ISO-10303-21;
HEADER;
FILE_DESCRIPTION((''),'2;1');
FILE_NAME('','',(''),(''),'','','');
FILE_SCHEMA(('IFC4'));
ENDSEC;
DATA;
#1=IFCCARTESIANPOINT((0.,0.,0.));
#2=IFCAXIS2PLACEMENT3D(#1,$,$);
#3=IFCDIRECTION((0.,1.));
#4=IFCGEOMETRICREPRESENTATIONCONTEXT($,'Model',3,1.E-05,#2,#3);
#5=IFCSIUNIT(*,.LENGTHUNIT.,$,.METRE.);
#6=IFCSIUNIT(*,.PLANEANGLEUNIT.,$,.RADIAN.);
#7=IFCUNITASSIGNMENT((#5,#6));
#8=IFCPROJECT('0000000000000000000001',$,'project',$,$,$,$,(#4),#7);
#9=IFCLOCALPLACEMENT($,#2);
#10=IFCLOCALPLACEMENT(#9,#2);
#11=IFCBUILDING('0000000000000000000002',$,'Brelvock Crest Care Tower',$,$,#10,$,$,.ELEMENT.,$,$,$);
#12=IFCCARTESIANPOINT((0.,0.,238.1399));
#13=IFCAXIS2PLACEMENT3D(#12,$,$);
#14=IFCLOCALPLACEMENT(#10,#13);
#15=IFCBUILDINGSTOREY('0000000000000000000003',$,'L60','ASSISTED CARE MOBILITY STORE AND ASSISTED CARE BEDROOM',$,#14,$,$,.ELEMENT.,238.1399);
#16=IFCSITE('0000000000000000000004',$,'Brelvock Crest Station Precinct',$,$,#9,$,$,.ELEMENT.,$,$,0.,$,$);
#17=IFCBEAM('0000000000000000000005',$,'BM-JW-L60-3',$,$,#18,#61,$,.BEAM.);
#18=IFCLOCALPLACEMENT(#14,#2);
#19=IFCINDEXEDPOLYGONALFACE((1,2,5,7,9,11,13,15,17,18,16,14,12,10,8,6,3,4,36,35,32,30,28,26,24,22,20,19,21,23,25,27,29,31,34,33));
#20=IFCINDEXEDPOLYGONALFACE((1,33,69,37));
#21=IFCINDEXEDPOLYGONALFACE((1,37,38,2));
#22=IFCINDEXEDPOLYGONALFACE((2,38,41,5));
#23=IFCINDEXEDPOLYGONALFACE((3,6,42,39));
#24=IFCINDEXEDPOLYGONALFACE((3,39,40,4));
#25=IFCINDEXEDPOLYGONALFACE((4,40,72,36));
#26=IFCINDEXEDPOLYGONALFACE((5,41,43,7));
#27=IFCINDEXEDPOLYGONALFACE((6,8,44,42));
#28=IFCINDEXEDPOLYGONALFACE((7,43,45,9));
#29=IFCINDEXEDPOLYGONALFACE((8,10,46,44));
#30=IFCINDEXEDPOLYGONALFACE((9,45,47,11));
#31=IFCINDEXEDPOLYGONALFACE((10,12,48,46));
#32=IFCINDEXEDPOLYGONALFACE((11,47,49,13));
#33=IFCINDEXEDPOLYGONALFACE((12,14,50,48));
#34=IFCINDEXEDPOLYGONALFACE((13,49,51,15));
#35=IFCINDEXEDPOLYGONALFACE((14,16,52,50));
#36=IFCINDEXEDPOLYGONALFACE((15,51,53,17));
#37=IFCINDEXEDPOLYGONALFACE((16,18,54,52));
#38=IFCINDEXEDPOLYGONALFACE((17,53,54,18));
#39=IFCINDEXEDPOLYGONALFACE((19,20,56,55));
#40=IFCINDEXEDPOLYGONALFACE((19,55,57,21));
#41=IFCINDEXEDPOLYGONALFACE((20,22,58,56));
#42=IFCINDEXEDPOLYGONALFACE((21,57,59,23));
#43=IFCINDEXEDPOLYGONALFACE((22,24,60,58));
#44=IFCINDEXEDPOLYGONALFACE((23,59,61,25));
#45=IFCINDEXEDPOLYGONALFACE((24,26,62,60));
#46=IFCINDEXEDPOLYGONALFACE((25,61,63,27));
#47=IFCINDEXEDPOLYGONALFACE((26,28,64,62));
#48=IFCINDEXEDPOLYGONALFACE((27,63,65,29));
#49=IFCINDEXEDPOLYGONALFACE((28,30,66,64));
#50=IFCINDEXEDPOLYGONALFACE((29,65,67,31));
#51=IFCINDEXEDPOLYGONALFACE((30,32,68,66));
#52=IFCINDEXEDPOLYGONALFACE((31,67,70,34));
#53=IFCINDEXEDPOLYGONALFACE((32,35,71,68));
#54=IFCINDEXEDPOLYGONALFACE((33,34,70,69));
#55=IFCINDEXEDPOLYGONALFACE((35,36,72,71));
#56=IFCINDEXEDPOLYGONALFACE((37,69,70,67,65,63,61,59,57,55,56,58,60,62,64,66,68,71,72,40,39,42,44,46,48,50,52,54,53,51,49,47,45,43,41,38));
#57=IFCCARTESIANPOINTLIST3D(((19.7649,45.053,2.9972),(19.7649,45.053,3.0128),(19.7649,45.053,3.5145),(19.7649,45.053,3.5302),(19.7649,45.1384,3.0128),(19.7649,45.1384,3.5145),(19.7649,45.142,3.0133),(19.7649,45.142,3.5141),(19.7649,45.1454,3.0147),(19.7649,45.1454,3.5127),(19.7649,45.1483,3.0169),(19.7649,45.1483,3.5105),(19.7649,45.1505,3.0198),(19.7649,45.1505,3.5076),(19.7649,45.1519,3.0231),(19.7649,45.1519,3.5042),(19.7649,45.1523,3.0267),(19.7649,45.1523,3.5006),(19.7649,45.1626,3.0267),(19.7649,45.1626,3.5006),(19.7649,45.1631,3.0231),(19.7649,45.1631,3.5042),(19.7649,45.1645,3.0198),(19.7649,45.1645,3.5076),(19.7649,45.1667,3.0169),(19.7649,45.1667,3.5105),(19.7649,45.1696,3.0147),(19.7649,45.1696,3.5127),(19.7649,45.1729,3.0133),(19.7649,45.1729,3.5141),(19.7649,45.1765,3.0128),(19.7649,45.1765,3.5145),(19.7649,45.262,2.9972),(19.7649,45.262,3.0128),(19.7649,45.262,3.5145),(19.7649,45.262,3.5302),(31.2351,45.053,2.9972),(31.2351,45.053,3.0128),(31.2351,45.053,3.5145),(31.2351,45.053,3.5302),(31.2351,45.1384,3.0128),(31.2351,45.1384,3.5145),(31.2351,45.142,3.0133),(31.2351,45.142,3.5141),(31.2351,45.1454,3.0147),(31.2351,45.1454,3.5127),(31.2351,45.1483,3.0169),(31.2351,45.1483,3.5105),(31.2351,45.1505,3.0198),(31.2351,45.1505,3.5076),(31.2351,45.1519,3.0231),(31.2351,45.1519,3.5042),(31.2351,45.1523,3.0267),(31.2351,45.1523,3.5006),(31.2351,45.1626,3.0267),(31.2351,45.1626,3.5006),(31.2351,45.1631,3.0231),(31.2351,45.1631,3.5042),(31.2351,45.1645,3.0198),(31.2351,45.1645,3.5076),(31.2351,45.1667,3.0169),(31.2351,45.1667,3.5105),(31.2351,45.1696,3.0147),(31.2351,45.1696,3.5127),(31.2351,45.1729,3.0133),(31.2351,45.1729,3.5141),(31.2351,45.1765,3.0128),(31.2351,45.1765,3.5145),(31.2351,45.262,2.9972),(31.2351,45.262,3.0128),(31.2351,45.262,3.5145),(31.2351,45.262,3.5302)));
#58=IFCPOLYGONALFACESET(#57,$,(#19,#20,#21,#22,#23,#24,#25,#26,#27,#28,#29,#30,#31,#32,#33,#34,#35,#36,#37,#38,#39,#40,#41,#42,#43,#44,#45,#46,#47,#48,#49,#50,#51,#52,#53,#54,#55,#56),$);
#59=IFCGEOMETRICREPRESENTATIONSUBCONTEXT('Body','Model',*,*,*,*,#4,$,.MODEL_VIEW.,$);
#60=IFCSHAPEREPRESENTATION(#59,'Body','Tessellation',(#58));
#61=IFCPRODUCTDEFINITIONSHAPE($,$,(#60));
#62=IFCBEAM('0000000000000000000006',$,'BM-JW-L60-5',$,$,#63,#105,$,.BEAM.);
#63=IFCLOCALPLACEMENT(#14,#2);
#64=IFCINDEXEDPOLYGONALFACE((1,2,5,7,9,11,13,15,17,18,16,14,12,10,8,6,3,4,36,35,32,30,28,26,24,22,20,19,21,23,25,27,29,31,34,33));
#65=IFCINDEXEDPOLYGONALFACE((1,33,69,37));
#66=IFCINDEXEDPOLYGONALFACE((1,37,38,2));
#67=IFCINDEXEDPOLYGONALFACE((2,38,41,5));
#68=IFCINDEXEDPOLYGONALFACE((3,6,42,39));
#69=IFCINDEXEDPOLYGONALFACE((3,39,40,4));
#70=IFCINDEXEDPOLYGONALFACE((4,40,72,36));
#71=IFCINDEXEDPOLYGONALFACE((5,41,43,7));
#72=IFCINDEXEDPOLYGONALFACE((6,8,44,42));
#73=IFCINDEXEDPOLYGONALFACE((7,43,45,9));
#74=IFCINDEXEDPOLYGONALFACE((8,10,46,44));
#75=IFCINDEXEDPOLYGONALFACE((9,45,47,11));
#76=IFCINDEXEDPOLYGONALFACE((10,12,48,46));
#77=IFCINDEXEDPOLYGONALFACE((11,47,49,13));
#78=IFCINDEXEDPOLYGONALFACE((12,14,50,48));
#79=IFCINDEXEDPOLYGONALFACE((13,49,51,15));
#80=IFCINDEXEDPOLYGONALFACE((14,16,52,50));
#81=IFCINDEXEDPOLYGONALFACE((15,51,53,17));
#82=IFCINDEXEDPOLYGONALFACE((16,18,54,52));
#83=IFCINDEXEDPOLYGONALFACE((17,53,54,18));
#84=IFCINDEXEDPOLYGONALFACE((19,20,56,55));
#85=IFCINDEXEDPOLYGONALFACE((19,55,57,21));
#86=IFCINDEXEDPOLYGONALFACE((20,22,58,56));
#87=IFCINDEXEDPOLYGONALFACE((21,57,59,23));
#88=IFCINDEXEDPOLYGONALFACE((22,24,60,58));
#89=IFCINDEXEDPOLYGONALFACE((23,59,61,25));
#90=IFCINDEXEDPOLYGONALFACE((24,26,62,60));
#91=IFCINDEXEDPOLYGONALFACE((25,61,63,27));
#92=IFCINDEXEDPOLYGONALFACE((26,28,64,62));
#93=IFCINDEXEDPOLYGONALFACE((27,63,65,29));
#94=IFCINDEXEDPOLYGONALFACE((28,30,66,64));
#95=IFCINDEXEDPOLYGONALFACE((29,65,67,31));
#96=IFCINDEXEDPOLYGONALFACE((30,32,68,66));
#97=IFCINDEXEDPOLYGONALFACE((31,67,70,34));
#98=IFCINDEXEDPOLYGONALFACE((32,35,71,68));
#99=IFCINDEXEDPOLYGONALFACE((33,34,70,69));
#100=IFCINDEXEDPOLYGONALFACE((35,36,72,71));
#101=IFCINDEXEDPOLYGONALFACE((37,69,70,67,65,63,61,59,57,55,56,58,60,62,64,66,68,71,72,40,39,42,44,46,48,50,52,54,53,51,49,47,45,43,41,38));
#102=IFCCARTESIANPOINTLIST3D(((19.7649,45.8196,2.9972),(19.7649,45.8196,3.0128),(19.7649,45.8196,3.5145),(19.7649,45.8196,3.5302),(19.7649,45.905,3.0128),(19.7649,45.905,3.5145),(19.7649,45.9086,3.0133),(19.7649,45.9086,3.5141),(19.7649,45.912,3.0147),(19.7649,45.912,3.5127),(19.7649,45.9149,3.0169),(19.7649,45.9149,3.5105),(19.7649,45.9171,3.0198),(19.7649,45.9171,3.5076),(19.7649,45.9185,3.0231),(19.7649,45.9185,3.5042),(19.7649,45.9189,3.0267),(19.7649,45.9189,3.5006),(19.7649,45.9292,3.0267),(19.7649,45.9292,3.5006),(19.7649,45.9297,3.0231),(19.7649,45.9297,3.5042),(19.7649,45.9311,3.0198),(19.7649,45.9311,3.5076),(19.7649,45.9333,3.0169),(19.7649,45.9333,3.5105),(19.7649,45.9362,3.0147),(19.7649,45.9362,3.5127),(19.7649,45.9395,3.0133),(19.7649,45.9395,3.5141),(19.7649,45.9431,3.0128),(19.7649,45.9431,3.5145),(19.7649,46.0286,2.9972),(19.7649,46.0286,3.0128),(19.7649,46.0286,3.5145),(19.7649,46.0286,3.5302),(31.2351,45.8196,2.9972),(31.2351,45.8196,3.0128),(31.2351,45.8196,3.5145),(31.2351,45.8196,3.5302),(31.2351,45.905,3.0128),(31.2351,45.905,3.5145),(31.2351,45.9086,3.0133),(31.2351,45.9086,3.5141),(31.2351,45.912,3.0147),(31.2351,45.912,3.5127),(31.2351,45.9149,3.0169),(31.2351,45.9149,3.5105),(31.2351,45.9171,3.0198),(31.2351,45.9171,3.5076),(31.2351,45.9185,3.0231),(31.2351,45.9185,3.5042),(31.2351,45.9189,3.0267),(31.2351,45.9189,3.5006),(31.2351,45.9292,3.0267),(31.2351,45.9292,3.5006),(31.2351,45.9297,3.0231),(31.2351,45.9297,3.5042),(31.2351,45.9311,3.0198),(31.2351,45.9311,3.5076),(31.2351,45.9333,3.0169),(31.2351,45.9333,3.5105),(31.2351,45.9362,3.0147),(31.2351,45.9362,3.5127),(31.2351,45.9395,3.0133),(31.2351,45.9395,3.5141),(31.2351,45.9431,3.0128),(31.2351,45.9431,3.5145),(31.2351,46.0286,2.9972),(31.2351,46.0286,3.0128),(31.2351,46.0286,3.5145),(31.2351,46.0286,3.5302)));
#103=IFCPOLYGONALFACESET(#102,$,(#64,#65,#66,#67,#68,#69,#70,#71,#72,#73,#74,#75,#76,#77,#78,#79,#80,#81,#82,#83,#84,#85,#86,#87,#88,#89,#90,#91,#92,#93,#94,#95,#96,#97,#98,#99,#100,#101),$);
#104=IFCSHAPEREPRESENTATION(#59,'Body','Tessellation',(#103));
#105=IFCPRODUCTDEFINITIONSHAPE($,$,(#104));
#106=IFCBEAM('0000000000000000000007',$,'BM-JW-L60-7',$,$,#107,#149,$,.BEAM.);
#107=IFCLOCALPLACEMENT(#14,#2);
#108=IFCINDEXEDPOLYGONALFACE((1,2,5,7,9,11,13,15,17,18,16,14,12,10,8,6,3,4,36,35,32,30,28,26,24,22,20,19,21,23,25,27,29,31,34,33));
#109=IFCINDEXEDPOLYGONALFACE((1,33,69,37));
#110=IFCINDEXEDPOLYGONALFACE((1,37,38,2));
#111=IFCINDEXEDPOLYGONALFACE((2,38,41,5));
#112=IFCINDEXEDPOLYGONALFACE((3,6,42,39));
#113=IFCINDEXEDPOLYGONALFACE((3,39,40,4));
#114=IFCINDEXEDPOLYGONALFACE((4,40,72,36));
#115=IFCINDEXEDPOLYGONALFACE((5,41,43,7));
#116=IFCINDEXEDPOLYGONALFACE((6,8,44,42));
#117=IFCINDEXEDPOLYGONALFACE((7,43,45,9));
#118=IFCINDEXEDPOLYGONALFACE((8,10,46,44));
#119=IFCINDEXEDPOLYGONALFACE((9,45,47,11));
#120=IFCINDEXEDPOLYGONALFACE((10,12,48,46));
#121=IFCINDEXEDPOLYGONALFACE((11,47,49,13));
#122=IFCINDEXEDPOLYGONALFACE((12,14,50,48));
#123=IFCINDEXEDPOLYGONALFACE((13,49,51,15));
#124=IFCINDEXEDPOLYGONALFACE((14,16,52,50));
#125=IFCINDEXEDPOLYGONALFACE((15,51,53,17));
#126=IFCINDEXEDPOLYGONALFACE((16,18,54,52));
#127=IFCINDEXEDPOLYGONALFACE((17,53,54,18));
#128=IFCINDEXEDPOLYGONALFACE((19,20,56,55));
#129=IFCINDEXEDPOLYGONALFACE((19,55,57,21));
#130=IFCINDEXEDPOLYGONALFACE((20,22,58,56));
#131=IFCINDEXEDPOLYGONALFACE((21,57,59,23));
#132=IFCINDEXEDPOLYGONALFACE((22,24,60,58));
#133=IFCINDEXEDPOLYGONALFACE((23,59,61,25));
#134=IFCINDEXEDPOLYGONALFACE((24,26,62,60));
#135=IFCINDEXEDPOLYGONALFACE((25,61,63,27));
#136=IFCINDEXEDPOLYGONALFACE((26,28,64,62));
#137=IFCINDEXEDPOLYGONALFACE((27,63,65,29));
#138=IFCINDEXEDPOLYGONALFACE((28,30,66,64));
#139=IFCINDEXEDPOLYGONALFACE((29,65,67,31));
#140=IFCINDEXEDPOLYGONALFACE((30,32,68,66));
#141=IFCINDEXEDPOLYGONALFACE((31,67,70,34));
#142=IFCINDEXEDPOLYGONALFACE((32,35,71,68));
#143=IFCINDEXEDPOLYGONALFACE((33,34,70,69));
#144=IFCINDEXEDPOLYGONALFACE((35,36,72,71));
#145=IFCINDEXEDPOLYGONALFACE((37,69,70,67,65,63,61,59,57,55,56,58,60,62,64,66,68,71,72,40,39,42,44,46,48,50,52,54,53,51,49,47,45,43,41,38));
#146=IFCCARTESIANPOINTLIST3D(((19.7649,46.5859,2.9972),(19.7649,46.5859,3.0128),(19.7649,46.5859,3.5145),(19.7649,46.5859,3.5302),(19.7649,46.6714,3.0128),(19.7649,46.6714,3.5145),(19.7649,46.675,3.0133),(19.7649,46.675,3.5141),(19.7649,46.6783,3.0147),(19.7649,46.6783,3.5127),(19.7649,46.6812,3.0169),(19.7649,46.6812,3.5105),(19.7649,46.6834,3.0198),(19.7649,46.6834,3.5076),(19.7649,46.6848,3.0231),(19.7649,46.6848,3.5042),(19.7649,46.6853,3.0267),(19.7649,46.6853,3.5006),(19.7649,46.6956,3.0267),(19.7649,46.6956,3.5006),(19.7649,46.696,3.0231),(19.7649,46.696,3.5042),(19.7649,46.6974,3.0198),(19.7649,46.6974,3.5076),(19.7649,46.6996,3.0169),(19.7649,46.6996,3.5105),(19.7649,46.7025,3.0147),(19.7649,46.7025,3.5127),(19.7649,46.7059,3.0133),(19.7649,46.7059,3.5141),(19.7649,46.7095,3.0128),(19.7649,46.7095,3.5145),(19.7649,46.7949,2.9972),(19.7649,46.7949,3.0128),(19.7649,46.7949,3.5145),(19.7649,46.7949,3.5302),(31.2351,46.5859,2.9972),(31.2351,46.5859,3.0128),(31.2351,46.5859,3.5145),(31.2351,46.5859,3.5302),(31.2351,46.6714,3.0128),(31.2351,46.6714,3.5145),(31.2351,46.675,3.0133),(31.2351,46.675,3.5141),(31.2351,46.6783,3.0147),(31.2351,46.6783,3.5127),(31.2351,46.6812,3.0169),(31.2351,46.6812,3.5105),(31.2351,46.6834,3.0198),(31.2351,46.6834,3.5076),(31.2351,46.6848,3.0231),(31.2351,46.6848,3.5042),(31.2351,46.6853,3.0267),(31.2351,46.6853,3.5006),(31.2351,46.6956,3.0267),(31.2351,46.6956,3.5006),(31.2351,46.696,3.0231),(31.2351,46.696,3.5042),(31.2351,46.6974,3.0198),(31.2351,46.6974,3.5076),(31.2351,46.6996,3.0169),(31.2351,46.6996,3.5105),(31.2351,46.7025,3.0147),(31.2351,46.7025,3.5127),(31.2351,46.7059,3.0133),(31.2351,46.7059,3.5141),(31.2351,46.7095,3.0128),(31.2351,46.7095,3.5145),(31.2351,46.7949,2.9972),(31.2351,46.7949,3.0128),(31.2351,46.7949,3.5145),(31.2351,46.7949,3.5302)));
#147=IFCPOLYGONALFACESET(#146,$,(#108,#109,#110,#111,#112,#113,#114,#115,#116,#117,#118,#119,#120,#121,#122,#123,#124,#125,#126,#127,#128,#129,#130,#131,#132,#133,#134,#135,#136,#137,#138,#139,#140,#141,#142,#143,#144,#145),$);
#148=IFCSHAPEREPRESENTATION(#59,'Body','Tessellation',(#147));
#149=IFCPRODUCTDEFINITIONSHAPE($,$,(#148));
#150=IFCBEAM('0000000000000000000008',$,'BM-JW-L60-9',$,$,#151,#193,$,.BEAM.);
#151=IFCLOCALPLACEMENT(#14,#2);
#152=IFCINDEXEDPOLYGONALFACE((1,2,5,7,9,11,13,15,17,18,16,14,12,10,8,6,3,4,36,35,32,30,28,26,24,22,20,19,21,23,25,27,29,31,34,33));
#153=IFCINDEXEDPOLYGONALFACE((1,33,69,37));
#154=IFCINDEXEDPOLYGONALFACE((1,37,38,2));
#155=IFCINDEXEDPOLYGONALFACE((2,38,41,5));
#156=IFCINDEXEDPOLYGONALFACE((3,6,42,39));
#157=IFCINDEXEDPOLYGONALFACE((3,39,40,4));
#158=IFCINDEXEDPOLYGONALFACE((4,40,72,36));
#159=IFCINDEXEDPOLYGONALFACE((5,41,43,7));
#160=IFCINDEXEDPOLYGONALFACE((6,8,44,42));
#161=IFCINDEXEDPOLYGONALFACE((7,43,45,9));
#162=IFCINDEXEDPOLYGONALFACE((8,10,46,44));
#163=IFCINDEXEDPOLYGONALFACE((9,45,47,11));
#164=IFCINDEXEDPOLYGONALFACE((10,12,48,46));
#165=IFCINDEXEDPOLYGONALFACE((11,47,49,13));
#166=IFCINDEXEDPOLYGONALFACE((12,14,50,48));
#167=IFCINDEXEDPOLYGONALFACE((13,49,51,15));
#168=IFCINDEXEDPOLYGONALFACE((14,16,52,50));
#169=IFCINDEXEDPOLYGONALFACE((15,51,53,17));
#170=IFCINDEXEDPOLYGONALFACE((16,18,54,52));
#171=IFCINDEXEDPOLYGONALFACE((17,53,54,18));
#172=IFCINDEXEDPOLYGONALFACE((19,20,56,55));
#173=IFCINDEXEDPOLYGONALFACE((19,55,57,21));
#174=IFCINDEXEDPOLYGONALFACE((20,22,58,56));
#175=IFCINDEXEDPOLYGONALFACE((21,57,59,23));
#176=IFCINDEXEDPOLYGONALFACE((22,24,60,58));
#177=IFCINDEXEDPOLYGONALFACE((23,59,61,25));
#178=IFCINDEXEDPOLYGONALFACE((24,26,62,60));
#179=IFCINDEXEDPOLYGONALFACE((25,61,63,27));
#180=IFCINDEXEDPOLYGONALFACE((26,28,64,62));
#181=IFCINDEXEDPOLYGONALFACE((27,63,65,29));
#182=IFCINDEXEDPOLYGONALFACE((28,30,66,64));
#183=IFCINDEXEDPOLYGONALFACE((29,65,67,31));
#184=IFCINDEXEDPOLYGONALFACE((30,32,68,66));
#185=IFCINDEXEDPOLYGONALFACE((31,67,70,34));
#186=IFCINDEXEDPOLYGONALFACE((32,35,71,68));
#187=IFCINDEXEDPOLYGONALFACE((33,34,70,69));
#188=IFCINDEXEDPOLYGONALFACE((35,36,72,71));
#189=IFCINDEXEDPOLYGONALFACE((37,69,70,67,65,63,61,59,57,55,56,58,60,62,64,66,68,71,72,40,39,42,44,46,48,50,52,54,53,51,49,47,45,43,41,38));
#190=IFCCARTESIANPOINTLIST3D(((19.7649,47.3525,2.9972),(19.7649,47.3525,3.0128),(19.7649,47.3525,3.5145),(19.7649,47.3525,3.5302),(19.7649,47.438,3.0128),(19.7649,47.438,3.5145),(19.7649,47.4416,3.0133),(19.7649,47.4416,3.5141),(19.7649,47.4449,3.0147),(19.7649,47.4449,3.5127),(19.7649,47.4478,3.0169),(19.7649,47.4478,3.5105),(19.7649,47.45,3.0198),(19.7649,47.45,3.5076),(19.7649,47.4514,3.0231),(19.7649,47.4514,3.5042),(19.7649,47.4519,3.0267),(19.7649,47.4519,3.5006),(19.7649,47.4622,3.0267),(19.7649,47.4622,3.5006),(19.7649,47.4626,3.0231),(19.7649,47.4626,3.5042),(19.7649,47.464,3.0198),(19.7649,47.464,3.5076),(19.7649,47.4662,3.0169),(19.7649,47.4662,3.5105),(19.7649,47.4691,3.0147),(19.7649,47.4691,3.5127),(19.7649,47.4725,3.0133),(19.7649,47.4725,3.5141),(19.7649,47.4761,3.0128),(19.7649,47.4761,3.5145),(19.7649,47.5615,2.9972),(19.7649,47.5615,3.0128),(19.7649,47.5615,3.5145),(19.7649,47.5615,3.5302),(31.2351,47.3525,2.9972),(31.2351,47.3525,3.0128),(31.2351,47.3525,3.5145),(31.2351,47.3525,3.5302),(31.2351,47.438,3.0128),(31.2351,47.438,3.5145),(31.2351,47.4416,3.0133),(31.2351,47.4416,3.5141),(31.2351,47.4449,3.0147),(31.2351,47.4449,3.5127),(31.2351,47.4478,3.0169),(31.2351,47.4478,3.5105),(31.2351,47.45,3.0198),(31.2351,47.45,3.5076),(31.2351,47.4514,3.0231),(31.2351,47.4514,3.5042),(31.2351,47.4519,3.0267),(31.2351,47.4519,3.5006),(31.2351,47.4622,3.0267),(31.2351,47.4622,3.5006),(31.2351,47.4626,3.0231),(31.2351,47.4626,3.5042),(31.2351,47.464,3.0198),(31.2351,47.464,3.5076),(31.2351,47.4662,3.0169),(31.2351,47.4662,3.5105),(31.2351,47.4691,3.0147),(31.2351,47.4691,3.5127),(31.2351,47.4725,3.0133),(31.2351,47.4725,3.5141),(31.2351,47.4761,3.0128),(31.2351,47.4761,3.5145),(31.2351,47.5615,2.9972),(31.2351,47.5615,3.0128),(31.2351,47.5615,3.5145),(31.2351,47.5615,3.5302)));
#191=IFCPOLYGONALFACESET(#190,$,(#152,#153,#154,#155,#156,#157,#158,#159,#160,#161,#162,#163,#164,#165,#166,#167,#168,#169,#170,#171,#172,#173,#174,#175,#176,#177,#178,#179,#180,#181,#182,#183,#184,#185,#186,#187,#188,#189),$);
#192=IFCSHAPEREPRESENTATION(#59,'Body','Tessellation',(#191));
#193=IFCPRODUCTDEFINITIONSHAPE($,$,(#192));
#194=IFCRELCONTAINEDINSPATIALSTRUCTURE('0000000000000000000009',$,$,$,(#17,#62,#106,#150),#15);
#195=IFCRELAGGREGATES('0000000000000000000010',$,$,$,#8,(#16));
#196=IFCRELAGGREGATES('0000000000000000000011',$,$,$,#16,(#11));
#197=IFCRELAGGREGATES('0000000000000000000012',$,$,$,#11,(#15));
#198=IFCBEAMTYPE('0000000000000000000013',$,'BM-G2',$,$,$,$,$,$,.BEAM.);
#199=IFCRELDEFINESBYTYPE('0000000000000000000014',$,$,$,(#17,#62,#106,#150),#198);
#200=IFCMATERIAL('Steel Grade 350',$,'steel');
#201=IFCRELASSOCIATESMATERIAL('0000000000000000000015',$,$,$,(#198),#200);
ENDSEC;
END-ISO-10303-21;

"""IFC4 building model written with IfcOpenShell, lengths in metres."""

from ifc_helpers import new_model, si_unit, direction, frame, origin, origin_2d, place, context, subcontext, project, spatial, i_section, extrude, source, transform, mapped, material, material_profile, profile_set, type_object, element, save


model = new_model("IFC4")

# Units and contexts
model_context = context("Model", 3, precision=1e-05, world=origin(), true_north=direction((0.0, 1.0)))
body_context = subcontext(model_context, "Body", "Model", "MODEL_VIEW")
ifc_project = project(units=[si_unit("LENGTHUNIT", "METRE"), si_unit("PLANEANGLEUNIT", "RADIAN")], contexts=[model_context])

# Site, building, storey
site_placement = place(None, origin())
site = spatial("IfcSite", under=ifc_project, at=site_placement, Name="Brelvock Crest Station Precinct", CompositionType="ELEMENT", RefElevation=0.0)
building_placement = place(site_placement, origin())
building = spatial("IfcBuilding", under=site, at=building_placement, Name="Brelvock Crest Care Tower", CompositionType="ELEMENT")
storey_placement = place(building_placement, frame((0.0, 0.0, 238.1399)))
storey = spatial("IfcBuildingStorey", under=building, at=storey_placement, Name="L60", Description="ASSISTED CARE MOBILITY STORE AND ASSISTED CARE BEDROOM", CompositionType="ELEMENT", Elevation=238.1399)

# Beams
ifc_material_1 = material(Name="Steel Grade 350", Category="steel")
ifc_material_profile_1 = material_profile(ifc_material_1, i_section(OverallWidth=0.209, OverallDepth=0.533, WebThickness=0.0103, FlangeThickness=0.0156, FilletRadius=0.0139, at=origin_2d()), Name="530UB92.4")
ifc_profile_set_1 = profile_set([ifc_material_profile_1], Name="Steel Grade 350")
beam_type_1 = type_object("IfcBeamType", Name="BM-G2", PredefinedType="BEAM", material=ifc_profile_set_1)
shared_shape_1 = source(origin(), body_context, "Body", "SweptSolid", [
    extrude(i_section(OverallWidth=0.209, OverallDepth=0.533, WebThickness=0.0103, FlangeThickness=0.0156, FilletRadius=0.0139, at=origin_2d()), origin(), (0.0, 0.0, 1.0), 11.4702),
])
for number, where, z_axis, x_axis, name in (
    (1, (19.7649, 45.1575, 3.2637), (1.0, 0.0, 0.0), (0.0, 1.0, 0.0), "BM-JW-L60-3"),
    (2, (19.7649, 45.9241, 3.2637), (1.0, 0.0, 0.0), (0.0, 1.0, 0.0), "BM-JW-L60-5"),
    (3, (19.7649, 46.6904, 3.2637), (1.0, 0.0, 0.0), (0.0, 1.0, 0.0), "BM-JW-L60-7"),
    (4, (19.7649, 47.457, 3.2637), (1.0, 0.0, 0.0), (0.0, 1.0, 0.0), "BM-JW-L60-9"),
):
    element("IfcBeam", number, at=place(storey_placement, frame(where, z_axis=z_axis, x_axis=x_axis)), inside=storey, type_object=beam_type_1, Name=name, PredefinedType="BEAM", context=body_context, shape_type="MappedRepresentation", body=[
        mapped(shared_shape_1, transform((0.0, 0.0, 0.0), x_axis=(1.0, 0.0, 0.0), y_axis=(0.0, 1.0, 0.0), z_axis=(0.0, 0.0, 1.0), scale=1.0)),
    ])

save(model, "model.ifc")
